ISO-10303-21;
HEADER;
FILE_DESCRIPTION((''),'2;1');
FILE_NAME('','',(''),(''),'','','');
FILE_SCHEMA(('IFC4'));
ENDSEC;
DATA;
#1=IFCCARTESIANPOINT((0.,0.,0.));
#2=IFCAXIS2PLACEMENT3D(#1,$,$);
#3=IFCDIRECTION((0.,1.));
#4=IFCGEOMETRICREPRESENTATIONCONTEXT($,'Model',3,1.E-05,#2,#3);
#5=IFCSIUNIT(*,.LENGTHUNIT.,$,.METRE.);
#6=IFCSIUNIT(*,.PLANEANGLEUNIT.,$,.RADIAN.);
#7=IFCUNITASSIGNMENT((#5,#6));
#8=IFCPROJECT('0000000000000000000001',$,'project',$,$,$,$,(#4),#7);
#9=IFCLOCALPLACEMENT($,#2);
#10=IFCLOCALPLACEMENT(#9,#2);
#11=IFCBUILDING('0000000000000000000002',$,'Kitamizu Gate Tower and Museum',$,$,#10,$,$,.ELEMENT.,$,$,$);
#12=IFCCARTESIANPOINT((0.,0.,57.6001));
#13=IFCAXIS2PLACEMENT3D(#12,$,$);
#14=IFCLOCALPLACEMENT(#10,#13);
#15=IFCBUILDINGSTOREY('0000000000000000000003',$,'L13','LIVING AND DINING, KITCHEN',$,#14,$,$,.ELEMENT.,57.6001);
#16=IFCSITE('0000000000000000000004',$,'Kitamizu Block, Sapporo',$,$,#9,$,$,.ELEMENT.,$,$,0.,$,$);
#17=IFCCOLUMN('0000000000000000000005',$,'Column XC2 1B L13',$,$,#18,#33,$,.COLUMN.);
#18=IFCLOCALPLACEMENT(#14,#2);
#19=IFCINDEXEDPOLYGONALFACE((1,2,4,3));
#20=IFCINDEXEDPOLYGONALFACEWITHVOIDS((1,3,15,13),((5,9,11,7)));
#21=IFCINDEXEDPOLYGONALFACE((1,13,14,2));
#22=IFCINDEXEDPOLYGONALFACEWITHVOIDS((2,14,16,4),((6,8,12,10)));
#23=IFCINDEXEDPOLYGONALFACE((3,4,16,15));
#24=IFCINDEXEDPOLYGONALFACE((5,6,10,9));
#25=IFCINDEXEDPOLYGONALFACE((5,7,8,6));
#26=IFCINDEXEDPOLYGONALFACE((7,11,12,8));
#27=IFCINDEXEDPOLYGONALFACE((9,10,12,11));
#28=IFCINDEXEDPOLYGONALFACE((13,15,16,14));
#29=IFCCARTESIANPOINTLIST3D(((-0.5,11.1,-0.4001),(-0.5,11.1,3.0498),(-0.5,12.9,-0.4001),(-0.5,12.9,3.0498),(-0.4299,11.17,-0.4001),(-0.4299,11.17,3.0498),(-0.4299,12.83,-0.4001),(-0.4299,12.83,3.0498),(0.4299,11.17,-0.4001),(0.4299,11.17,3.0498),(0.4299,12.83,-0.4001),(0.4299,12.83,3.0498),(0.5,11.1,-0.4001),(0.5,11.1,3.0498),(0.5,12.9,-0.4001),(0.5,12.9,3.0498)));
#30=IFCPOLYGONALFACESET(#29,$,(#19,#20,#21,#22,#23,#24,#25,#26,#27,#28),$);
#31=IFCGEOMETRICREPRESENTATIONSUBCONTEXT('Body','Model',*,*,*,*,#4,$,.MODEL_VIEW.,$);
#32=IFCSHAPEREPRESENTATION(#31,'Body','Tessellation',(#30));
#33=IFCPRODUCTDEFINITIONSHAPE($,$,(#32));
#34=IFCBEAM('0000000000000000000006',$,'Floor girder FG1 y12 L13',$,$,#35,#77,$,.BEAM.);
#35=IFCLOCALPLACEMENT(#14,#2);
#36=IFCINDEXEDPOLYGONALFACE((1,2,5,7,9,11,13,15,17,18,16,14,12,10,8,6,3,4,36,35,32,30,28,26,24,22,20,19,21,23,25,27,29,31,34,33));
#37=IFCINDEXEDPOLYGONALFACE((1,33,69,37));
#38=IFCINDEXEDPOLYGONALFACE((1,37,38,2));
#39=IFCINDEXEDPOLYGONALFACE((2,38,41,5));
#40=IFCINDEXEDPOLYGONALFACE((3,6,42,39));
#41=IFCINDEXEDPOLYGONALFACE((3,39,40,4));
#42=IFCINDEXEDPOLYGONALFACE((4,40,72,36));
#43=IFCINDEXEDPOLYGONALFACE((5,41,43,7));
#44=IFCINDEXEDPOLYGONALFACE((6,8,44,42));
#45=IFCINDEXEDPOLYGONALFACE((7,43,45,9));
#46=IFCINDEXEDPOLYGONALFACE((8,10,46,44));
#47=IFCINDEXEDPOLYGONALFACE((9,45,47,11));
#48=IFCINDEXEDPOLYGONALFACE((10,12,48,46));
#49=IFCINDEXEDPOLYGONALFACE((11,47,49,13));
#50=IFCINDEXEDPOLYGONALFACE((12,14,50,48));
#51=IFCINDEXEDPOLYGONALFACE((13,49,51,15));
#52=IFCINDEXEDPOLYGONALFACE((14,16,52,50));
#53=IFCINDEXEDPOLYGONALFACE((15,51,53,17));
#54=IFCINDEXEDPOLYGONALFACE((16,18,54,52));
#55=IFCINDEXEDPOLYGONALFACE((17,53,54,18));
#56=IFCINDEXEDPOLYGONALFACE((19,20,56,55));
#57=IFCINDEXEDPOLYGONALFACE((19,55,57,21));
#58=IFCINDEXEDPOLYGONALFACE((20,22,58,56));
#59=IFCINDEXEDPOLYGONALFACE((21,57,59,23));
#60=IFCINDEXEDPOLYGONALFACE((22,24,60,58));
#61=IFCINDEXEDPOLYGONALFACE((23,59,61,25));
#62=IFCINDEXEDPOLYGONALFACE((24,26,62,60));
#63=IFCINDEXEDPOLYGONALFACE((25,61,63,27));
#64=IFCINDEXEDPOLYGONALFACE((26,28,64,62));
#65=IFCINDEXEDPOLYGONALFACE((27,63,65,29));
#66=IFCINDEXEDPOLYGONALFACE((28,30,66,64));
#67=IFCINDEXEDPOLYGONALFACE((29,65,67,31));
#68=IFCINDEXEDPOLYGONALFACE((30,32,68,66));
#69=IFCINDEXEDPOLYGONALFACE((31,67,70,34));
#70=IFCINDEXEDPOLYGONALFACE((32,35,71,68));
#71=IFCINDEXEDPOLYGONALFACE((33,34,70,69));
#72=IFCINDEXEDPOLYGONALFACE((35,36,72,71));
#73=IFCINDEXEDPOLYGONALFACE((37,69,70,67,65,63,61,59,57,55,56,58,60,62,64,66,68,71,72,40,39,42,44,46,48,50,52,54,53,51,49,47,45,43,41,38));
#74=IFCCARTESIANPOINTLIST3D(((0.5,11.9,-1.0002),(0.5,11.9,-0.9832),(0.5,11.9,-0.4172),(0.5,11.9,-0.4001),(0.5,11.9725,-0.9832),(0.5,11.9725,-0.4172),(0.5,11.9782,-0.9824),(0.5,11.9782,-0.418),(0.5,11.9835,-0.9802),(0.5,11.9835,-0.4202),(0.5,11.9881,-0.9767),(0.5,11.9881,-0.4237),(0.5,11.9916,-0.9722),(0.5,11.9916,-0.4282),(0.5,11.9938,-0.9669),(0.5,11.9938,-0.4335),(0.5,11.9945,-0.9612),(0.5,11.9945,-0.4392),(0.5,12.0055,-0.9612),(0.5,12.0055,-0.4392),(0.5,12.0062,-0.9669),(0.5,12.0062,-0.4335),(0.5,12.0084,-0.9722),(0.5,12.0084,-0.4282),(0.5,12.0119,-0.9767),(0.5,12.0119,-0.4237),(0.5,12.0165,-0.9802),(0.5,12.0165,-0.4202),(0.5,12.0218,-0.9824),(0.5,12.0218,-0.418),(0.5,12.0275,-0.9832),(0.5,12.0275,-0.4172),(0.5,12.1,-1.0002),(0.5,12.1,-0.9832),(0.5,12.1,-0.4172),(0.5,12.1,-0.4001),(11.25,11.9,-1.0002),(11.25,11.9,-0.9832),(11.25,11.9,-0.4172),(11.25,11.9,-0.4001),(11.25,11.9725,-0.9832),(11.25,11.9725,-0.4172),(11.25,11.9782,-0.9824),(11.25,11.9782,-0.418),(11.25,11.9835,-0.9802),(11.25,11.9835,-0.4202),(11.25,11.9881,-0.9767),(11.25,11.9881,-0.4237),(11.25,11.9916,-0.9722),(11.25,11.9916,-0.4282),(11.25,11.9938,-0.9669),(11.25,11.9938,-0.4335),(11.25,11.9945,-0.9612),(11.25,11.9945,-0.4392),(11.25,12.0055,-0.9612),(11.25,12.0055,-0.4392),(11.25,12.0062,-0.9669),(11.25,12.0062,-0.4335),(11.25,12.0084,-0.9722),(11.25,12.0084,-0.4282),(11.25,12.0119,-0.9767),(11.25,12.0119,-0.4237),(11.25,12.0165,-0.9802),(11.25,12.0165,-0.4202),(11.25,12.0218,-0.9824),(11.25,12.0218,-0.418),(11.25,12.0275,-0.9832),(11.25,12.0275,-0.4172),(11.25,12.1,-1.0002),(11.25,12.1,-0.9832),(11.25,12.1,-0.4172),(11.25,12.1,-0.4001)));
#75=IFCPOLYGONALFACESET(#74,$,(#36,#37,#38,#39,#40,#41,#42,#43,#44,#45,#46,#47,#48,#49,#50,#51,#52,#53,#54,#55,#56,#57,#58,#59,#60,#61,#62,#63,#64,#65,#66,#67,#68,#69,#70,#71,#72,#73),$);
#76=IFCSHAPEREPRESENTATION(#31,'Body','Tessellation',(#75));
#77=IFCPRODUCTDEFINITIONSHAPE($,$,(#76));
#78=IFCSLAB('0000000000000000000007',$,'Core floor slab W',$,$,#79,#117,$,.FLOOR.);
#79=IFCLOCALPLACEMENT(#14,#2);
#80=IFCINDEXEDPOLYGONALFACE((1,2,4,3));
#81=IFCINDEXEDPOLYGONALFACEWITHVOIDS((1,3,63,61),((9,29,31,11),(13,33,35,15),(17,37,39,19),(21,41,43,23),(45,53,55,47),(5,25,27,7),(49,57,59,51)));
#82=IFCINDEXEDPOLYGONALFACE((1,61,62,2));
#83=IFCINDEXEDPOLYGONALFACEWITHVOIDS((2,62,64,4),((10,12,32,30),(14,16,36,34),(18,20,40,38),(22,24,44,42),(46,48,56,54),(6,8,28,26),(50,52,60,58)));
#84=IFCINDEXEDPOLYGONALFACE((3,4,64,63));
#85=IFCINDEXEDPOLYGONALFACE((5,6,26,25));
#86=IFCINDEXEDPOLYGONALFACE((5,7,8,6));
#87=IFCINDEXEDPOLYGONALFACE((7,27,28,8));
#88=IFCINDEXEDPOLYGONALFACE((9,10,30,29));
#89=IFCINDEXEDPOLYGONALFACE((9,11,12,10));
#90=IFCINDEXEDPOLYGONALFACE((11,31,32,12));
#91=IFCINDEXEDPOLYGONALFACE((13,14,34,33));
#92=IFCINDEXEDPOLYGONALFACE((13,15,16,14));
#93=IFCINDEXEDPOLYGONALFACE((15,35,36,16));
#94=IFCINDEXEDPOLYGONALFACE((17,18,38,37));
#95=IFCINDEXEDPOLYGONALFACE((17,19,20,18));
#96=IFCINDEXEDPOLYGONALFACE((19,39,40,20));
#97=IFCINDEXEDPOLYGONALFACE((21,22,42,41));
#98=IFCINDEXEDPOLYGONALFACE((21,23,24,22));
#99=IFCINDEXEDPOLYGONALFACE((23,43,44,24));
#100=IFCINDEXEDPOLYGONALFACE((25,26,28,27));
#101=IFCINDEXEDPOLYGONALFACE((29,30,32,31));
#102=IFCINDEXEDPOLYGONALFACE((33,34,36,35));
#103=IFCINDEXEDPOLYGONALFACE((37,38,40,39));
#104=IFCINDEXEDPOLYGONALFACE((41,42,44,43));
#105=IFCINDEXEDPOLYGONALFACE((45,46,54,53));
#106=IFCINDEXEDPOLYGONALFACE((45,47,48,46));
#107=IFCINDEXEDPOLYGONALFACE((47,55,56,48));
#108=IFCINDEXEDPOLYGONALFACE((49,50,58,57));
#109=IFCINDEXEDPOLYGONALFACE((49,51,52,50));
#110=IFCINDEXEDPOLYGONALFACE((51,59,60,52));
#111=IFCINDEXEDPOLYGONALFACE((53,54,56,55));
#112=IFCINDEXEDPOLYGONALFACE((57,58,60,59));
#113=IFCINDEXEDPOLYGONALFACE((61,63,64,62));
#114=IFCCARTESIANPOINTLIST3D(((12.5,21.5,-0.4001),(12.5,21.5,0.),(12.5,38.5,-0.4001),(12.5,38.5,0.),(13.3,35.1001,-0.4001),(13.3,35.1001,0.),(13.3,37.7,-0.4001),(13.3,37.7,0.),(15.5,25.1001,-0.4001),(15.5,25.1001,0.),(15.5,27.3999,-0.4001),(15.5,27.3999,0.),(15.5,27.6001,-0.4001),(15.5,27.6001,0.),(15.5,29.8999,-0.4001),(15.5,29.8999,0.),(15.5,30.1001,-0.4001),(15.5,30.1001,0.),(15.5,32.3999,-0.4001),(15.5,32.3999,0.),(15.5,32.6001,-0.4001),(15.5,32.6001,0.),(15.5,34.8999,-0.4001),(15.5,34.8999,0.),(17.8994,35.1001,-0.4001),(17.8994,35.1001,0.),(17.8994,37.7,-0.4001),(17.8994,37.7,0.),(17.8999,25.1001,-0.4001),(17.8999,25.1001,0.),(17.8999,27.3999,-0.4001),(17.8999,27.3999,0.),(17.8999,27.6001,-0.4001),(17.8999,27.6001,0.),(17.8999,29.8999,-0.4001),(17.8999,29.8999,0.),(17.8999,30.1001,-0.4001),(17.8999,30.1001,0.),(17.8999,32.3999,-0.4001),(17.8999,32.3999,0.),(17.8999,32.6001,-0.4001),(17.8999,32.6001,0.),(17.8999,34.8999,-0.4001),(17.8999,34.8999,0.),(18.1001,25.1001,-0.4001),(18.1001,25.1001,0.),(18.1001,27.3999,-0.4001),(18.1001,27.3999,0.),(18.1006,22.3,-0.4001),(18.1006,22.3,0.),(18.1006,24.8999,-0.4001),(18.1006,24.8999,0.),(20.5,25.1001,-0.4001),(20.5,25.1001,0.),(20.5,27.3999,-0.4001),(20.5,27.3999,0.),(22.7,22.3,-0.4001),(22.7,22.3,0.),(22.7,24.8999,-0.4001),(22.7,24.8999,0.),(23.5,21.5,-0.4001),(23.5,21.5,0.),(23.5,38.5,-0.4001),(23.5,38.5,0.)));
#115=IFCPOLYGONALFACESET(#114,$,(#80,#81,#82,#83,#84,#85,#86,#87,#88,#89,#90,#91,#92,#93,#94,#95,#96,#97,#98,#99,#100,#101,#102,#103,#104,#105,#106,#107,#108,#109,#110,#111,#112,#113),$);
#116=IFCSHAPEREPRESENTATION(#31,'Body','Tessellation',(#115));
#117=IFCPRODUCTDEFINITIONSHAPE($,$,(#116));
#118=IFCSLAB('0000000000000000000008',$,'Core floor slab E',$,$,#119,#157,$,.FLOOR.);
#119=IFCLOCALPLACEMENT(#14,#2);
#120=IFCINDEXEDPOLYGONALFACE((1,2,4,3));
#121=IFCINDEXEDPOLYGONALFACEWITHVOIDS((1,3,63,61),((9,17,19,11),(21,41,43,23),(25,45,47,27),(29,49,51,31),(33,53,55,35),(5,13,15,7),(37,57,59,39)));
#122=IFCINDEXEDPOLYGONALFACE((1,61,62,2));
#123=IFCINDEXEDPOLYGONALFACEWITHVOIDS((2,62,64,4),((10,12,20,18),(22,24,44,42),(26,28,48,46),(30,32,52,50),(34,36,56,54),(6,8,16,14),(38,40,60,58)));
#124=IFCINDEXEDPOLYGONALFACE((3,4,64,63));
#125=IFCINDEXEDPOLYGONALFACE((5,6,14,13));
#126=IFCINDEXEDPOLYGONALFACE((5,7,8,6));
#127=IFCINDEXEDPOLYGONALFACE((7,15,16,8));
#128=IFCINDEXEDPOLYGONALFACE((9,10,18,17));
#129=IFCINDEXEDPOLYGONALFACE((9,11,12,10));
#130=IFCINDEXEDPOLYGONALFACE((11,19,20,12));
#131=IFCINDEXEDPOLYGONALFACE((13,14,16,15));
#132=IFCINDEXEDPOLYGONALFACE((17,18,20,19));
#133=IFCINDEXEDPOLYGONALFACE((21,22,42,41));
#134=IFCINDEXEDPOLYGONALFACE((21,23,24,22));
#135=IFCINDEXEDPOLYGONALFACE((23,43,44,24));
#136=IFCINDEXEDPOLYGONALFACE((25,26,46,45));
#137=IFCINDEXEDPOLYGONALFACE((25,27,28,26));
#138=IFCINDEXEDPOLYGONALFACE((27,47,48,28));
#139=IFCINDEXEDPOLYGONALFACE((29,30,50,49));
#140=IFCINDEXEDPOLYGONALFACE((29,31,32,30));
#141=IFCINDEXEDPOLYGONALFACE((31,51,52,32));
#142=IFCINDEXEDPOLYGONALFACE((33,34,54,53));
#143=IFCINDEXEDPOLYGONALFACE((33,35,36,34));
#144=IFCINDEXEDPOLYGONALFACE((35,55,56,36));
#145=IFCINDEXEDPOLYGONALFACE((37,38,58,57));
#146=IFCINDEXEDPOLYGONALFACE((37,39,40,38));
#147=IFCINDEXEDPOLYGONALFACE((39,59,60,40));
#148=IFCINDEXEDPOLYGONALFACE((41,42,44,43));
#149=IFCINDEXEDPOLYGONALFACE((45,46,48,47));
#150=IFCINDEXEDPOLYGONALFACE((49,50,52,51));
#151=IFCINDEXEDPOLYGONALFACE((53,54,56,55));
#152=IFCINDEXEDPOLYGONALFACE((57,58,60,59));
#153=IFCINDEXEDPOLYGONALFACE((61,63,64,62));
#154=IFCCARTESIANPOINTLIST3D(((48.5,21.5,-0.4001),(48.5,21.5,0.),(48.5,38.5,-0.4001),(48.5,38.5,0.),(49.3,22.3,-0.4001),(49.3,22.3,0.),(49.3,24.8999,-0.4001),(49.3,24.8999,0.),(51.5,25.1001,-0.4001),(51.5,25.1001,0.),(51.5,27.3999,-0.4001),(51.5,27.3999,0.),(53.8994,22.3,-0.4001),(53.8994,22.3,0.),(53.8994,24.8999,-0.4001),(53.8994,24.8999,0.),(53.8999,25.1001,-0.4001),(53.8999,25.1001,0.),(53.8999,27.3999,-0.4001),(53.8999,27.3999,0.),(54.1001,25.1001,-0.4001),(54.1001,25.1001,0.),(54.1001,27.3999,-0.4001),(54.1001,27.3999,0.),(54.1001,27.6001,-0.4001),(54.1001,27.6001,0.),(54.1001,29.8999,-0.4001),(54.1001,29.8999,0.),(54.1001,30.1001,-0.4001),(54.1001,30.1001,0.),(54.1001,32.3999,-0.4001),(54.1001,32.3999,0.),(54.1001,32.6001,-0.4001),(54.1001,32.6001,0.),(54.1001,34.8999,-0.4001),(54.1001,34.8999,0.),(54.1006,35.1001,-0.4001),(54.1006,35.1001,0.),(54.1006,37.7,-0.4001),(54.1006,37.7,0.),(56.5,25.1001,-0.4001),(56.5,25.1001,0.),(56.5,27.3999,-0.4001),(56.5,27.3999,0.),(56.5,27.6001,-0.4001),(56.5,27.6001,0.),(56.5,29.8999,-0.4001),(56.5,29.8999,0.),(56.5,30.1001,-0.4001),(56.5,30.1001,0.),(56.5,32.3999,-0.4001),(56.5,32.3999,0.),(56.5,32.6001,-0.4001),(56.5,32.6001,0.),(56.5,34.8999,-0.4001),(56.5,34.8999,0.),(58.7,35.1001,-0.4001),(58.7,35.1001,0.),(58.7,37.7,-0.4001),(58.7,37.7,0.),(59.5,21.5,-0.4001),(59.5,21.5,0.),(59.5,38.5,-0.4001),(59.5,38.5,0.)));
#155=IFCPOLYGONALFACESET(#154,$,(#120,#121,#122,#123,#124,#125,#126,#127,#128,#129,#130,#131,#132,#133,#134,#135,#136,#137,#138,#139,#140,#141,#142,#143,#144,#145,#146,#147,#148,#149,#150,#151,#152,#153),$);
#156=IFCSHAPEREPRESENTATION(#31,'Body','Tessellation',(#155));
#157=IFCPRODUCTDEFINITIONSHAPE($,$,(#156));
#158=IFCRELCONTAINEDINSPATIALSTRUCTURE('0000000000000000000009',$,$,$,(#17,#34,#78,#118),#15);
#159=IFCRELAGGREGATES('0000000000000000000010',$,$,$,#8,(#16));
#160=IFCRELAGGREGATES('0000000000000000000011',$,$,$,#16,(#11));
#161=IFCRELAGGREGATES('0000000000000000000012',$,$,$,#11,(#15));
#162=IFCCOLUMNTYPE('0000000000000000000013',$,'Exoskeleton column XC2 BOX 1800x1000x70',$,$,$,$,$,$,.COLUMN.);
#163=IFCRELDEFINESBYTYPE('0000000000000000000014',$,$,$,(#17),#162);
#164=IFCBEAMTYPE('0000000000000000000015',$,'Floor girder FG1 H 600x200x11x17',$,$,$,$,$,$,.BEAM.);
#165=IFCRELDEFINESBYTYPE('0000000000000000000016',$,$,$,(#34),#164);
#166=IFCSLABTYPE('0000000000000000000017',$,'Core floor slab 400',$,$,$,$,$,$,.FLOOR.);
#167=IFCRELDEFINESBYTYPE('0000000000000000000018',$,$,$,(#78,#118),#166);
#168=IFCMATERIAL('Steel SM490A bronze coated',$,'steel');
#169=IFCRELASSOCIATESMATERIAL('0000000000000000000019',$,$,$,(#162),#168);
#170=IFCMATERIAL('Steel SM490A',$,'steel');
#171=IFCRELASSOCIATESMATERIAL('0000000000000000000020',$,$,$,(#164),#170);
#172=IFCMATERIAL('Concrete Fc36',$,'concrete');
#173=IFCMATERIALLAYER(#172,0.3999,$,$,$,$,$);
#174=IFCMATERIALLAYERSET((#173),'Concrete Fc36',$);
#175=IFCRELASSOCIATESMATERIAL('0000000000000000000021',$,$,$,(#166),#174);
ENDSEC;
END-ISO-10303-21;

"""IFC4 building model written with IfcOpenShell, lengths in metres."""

from ifc_helpers import new_model, si_unit, direction, frame, origin, origin_2d, place, context, subcontext, project, spatial, polyline, hollow_rectangle, i_section, outline, extrude, material, layer, layer_set, material_profile, profile_set, type_object, element, save


model = new_model("IFC4")

# Units and contexts
model_context = context("Model", 3, precision=1e-05, world=origin(), true_north=direction((0.0, 1.0)))
body_context = subcontext(model_context, "Body", "Model", "MODEL_VIEW")
ifc_project = project(units=[si_unit("LENGTHUNIT", "METRE"), si_unit("PLANEANGLEUNIT", "RADIAN")], contexts=[model_context])

# Site, building, storey
site_placement = place(None, origin())
site = spatial("IfcSite", under=ifc_project, at=site_placement, Name="Kitamizu Block, Sapporo", CompositionType="ELEMENT", RefElevation=0.0)
building_placement = place(site_placement, origin())
building = spatial("IfcBuilding", under=site, at=building_placement, Name="Kitamizu Gate Tower and Museum", CompositionType="ELEMENT")
storey_placement = place(building_placement, frame((0.0, 0.0, 57.6001)))
storey = spatial("IfcBuildingStorey", under=building, at=storey_placement, Name="L13", Description="LIVING AND DINING, KITCHEN", CompositionType="ELEMENT", Elevation=57.6001)

# Column
ifc_material_1 = material(Name="Steel SM490A bronze coated", Category="steel")
ifc_material_profile_1 = material_profile(ifc_material_1, hollow_rectangle(XDim=1.8, YDim=1.0, WallThickness=0.0701, at=origin_2d()), Name="BOX 1800x1000x70")
ifc_profile_set_1 = profile_set([ifc_material_profile_1], Name="Steel SM490A bronze coated")
column_type = type_object("IfcColumnType", Name="Exoskeleton column XC2 BOX 1800x1000x70", PredefinedType="COLUMN", material=ifc_profile_set_1)
column_placement = place(storey_placement, frame((0.0, 12.0, -0.4001), z_axis=(0.0, 0.0, 1.0), x_axis=(0.0, 1.0, 0.0)))
element("IfcColumn", 1, at=column_placement, inside=storey, type_object=column_type, Name="Column XC2 1B L13", PredefinedType="COLUMN", context=body_context, shape_type="SweptSolid", body=[
    extrude(hollow_rectangle(XDim=1.8, YDim=1.0, WallThickness=0.0701, at=origin_2d()), origin(), (0.0, 0.0, 1.0), 3.45),
])

# Beam
ifc_material_2 = material(Name="Steel SM490A", Category="steel")
ifc_material_profile_2 = material_profile(ifc_material_2, i_section(OverallWidth=0.2, OverallDepth=0.6001, WebThickness=0.011, FlangeThickness=0.0171, FilletRadius=0.022, at=origin_2d()), Name="H-600x200x11x17")
ifc_profile_set_2 = profile_set([ifc_material_profile_2], Name="Steel SM490A")
beam_type = type_object("IfcBeamType", Name="Floor girder FG1 H 600x200x11x17", PredefinedType="BEAM", material=ifc_profile_set_2)
beam_placement = place(storey_placement, frame((0.5, 12.0, -0.7002), z_axis=(1.0, 0.0, 0.0), x_axis=(0.0, 1.0, 0.0)))
element("IfcBeam", 2, at=beam_placement, inside=storey, type_object=beam_type, Name="Floor girder FG1 y12 L13", PredefinedType="BEAM", context=body_context, shape_type="SweptSolid", body=[
    extrude(i_section(OverallWidth=0.2, OverallDepth=0.6001, WebThickness=0.011, FlangeThickness=0.0171, FilletRadius=0.022, at=origin_2d()), origin(), (0.0, 0.0, 1.0), 10.75),
])

# Slabs
ifc_material_3 = material(Name="Concrete Fc36", Category="concrete")
ifc_layer_1 = layer(ifc_material_3, 0.3999)
ifc_layer_set_1 = layer_set([ifc_layer_1], Name="Concrete Fc36")
slab_type_1 = type_object("IfcSlabType", Name="Core floor slab 400", PredefinedType="FLOOR", material=ifc_layer_set_1)
slab_1_placement = place(storey_placement, frame((0.0, 0.0, -0.4001)))
element("IfcSlab", 3, at=slab_1_placement, inside=storey, type_object=slab_type_1, Name="Core floor slab W", PredefinedType="FLOOR", context=body_context, shape_type="SweptSolid", body=[
    extrude(outline(polyline([(12.5, 21.5), (23.5, 21.5), (23.5, 38.5), (12.5, 38.5), (12.5, 21.5)]), holes=[polyline([(15.5, 25.1001), (17.8999, 25.1001), (17.8999, 27.3999), (15.5, 27.3999), (15.5, 25.1001)]), polyline([(15.5, 27.6001), (17.8999, 27.6001), (17.8999, 29.8999), (15.5, 29.8999), (15.5, 27.6001)]), polyline([(15.5, 30.1001), (17.8999, 30.1001), (17.8999, 32.3999), (15.5, 32.3999), (15.5, 30.1001)]), polyline([(15.5, 32.6001), (17.8999, 32.6001), (17.8999, 34.8999), (15.5, 34.8999), (15.5, 32.6001)]), polyline([(18.1001, 25.1001), (20.5, 25.1001), (20.5, 27.3999), (18.1001, 27.3999), (18.1001, 25.1001)]), polyline([(18.1006, 22.3), (22.7, 22.3), (22.7, 24.8999), (18.1006, 24.8999), (18.1006, 22.3)]), polyline([(13.3, 35.1001), (17.8994, 35.1001), (17.8994, 37.7), (13.3, 37.7), (13.3, 35.1001)])]), origin(), (0.0, 0.0, 1.0), 0.4001),
])
slab_2_placement = place(storey_placement, frame((0.0, 0.0, -0.4001)))
element("IfcSlab", 4, at=slab_2_placement, inside=storey, type_object=slab_type_1, Name="Core floor slab E", PredefinedType="FLOOR", context=body_context, shape_type="SweptSolid", body=[
    extrude(outline(polyline([(48.5, 21.5), (59.5, 21.5), (59.5, 38.5), (48.5, 38.5), (48.5, 21.5)]), holes=[polyline([(54.1001, 25.1001), (56.5, 25.1001), (56.5, 27.3999), (54.1001, 27.3999), (54.1001, 25.1001)]), polyline([(54.1001, 27.6001), (56.5, 27.6001), (56.5, 29.8999), (54.1001, 29.8999), (54.1001, 27.6001)]), polyline([(54.1001, 30.1001), (56.5, 30.1001), (56.5, 32.3999), (54.1001, 32.3999), (54.1001, 30.1001)]), polyline([(54.1001, 32.6001), (56.5, 32.6001), (56.5, 34.8999), (54.1001, 34.8999), (54.1001, 32.6001)]), polyline([(51.5, 25.1001), (53.8999, 25.1001), (53.8999, 27.3999), (51.5, 27.3999), (51.5, 25.1001)]), polyline([(49.3, 22.3), (53.8994, 22.3), (53.8994, 24.8999), (49.3, 24.8999), (49.3, 22.3)]), polyline([(54.1006, 35.1001), (58.7, 35.1001), (58.7, 37.7), (54.1006, 37.7), (54.1006, 35.1001)])]), origin(), (0.0, 0.0, 1.0), 0.4001),
])

save(model, "model.ifc")
